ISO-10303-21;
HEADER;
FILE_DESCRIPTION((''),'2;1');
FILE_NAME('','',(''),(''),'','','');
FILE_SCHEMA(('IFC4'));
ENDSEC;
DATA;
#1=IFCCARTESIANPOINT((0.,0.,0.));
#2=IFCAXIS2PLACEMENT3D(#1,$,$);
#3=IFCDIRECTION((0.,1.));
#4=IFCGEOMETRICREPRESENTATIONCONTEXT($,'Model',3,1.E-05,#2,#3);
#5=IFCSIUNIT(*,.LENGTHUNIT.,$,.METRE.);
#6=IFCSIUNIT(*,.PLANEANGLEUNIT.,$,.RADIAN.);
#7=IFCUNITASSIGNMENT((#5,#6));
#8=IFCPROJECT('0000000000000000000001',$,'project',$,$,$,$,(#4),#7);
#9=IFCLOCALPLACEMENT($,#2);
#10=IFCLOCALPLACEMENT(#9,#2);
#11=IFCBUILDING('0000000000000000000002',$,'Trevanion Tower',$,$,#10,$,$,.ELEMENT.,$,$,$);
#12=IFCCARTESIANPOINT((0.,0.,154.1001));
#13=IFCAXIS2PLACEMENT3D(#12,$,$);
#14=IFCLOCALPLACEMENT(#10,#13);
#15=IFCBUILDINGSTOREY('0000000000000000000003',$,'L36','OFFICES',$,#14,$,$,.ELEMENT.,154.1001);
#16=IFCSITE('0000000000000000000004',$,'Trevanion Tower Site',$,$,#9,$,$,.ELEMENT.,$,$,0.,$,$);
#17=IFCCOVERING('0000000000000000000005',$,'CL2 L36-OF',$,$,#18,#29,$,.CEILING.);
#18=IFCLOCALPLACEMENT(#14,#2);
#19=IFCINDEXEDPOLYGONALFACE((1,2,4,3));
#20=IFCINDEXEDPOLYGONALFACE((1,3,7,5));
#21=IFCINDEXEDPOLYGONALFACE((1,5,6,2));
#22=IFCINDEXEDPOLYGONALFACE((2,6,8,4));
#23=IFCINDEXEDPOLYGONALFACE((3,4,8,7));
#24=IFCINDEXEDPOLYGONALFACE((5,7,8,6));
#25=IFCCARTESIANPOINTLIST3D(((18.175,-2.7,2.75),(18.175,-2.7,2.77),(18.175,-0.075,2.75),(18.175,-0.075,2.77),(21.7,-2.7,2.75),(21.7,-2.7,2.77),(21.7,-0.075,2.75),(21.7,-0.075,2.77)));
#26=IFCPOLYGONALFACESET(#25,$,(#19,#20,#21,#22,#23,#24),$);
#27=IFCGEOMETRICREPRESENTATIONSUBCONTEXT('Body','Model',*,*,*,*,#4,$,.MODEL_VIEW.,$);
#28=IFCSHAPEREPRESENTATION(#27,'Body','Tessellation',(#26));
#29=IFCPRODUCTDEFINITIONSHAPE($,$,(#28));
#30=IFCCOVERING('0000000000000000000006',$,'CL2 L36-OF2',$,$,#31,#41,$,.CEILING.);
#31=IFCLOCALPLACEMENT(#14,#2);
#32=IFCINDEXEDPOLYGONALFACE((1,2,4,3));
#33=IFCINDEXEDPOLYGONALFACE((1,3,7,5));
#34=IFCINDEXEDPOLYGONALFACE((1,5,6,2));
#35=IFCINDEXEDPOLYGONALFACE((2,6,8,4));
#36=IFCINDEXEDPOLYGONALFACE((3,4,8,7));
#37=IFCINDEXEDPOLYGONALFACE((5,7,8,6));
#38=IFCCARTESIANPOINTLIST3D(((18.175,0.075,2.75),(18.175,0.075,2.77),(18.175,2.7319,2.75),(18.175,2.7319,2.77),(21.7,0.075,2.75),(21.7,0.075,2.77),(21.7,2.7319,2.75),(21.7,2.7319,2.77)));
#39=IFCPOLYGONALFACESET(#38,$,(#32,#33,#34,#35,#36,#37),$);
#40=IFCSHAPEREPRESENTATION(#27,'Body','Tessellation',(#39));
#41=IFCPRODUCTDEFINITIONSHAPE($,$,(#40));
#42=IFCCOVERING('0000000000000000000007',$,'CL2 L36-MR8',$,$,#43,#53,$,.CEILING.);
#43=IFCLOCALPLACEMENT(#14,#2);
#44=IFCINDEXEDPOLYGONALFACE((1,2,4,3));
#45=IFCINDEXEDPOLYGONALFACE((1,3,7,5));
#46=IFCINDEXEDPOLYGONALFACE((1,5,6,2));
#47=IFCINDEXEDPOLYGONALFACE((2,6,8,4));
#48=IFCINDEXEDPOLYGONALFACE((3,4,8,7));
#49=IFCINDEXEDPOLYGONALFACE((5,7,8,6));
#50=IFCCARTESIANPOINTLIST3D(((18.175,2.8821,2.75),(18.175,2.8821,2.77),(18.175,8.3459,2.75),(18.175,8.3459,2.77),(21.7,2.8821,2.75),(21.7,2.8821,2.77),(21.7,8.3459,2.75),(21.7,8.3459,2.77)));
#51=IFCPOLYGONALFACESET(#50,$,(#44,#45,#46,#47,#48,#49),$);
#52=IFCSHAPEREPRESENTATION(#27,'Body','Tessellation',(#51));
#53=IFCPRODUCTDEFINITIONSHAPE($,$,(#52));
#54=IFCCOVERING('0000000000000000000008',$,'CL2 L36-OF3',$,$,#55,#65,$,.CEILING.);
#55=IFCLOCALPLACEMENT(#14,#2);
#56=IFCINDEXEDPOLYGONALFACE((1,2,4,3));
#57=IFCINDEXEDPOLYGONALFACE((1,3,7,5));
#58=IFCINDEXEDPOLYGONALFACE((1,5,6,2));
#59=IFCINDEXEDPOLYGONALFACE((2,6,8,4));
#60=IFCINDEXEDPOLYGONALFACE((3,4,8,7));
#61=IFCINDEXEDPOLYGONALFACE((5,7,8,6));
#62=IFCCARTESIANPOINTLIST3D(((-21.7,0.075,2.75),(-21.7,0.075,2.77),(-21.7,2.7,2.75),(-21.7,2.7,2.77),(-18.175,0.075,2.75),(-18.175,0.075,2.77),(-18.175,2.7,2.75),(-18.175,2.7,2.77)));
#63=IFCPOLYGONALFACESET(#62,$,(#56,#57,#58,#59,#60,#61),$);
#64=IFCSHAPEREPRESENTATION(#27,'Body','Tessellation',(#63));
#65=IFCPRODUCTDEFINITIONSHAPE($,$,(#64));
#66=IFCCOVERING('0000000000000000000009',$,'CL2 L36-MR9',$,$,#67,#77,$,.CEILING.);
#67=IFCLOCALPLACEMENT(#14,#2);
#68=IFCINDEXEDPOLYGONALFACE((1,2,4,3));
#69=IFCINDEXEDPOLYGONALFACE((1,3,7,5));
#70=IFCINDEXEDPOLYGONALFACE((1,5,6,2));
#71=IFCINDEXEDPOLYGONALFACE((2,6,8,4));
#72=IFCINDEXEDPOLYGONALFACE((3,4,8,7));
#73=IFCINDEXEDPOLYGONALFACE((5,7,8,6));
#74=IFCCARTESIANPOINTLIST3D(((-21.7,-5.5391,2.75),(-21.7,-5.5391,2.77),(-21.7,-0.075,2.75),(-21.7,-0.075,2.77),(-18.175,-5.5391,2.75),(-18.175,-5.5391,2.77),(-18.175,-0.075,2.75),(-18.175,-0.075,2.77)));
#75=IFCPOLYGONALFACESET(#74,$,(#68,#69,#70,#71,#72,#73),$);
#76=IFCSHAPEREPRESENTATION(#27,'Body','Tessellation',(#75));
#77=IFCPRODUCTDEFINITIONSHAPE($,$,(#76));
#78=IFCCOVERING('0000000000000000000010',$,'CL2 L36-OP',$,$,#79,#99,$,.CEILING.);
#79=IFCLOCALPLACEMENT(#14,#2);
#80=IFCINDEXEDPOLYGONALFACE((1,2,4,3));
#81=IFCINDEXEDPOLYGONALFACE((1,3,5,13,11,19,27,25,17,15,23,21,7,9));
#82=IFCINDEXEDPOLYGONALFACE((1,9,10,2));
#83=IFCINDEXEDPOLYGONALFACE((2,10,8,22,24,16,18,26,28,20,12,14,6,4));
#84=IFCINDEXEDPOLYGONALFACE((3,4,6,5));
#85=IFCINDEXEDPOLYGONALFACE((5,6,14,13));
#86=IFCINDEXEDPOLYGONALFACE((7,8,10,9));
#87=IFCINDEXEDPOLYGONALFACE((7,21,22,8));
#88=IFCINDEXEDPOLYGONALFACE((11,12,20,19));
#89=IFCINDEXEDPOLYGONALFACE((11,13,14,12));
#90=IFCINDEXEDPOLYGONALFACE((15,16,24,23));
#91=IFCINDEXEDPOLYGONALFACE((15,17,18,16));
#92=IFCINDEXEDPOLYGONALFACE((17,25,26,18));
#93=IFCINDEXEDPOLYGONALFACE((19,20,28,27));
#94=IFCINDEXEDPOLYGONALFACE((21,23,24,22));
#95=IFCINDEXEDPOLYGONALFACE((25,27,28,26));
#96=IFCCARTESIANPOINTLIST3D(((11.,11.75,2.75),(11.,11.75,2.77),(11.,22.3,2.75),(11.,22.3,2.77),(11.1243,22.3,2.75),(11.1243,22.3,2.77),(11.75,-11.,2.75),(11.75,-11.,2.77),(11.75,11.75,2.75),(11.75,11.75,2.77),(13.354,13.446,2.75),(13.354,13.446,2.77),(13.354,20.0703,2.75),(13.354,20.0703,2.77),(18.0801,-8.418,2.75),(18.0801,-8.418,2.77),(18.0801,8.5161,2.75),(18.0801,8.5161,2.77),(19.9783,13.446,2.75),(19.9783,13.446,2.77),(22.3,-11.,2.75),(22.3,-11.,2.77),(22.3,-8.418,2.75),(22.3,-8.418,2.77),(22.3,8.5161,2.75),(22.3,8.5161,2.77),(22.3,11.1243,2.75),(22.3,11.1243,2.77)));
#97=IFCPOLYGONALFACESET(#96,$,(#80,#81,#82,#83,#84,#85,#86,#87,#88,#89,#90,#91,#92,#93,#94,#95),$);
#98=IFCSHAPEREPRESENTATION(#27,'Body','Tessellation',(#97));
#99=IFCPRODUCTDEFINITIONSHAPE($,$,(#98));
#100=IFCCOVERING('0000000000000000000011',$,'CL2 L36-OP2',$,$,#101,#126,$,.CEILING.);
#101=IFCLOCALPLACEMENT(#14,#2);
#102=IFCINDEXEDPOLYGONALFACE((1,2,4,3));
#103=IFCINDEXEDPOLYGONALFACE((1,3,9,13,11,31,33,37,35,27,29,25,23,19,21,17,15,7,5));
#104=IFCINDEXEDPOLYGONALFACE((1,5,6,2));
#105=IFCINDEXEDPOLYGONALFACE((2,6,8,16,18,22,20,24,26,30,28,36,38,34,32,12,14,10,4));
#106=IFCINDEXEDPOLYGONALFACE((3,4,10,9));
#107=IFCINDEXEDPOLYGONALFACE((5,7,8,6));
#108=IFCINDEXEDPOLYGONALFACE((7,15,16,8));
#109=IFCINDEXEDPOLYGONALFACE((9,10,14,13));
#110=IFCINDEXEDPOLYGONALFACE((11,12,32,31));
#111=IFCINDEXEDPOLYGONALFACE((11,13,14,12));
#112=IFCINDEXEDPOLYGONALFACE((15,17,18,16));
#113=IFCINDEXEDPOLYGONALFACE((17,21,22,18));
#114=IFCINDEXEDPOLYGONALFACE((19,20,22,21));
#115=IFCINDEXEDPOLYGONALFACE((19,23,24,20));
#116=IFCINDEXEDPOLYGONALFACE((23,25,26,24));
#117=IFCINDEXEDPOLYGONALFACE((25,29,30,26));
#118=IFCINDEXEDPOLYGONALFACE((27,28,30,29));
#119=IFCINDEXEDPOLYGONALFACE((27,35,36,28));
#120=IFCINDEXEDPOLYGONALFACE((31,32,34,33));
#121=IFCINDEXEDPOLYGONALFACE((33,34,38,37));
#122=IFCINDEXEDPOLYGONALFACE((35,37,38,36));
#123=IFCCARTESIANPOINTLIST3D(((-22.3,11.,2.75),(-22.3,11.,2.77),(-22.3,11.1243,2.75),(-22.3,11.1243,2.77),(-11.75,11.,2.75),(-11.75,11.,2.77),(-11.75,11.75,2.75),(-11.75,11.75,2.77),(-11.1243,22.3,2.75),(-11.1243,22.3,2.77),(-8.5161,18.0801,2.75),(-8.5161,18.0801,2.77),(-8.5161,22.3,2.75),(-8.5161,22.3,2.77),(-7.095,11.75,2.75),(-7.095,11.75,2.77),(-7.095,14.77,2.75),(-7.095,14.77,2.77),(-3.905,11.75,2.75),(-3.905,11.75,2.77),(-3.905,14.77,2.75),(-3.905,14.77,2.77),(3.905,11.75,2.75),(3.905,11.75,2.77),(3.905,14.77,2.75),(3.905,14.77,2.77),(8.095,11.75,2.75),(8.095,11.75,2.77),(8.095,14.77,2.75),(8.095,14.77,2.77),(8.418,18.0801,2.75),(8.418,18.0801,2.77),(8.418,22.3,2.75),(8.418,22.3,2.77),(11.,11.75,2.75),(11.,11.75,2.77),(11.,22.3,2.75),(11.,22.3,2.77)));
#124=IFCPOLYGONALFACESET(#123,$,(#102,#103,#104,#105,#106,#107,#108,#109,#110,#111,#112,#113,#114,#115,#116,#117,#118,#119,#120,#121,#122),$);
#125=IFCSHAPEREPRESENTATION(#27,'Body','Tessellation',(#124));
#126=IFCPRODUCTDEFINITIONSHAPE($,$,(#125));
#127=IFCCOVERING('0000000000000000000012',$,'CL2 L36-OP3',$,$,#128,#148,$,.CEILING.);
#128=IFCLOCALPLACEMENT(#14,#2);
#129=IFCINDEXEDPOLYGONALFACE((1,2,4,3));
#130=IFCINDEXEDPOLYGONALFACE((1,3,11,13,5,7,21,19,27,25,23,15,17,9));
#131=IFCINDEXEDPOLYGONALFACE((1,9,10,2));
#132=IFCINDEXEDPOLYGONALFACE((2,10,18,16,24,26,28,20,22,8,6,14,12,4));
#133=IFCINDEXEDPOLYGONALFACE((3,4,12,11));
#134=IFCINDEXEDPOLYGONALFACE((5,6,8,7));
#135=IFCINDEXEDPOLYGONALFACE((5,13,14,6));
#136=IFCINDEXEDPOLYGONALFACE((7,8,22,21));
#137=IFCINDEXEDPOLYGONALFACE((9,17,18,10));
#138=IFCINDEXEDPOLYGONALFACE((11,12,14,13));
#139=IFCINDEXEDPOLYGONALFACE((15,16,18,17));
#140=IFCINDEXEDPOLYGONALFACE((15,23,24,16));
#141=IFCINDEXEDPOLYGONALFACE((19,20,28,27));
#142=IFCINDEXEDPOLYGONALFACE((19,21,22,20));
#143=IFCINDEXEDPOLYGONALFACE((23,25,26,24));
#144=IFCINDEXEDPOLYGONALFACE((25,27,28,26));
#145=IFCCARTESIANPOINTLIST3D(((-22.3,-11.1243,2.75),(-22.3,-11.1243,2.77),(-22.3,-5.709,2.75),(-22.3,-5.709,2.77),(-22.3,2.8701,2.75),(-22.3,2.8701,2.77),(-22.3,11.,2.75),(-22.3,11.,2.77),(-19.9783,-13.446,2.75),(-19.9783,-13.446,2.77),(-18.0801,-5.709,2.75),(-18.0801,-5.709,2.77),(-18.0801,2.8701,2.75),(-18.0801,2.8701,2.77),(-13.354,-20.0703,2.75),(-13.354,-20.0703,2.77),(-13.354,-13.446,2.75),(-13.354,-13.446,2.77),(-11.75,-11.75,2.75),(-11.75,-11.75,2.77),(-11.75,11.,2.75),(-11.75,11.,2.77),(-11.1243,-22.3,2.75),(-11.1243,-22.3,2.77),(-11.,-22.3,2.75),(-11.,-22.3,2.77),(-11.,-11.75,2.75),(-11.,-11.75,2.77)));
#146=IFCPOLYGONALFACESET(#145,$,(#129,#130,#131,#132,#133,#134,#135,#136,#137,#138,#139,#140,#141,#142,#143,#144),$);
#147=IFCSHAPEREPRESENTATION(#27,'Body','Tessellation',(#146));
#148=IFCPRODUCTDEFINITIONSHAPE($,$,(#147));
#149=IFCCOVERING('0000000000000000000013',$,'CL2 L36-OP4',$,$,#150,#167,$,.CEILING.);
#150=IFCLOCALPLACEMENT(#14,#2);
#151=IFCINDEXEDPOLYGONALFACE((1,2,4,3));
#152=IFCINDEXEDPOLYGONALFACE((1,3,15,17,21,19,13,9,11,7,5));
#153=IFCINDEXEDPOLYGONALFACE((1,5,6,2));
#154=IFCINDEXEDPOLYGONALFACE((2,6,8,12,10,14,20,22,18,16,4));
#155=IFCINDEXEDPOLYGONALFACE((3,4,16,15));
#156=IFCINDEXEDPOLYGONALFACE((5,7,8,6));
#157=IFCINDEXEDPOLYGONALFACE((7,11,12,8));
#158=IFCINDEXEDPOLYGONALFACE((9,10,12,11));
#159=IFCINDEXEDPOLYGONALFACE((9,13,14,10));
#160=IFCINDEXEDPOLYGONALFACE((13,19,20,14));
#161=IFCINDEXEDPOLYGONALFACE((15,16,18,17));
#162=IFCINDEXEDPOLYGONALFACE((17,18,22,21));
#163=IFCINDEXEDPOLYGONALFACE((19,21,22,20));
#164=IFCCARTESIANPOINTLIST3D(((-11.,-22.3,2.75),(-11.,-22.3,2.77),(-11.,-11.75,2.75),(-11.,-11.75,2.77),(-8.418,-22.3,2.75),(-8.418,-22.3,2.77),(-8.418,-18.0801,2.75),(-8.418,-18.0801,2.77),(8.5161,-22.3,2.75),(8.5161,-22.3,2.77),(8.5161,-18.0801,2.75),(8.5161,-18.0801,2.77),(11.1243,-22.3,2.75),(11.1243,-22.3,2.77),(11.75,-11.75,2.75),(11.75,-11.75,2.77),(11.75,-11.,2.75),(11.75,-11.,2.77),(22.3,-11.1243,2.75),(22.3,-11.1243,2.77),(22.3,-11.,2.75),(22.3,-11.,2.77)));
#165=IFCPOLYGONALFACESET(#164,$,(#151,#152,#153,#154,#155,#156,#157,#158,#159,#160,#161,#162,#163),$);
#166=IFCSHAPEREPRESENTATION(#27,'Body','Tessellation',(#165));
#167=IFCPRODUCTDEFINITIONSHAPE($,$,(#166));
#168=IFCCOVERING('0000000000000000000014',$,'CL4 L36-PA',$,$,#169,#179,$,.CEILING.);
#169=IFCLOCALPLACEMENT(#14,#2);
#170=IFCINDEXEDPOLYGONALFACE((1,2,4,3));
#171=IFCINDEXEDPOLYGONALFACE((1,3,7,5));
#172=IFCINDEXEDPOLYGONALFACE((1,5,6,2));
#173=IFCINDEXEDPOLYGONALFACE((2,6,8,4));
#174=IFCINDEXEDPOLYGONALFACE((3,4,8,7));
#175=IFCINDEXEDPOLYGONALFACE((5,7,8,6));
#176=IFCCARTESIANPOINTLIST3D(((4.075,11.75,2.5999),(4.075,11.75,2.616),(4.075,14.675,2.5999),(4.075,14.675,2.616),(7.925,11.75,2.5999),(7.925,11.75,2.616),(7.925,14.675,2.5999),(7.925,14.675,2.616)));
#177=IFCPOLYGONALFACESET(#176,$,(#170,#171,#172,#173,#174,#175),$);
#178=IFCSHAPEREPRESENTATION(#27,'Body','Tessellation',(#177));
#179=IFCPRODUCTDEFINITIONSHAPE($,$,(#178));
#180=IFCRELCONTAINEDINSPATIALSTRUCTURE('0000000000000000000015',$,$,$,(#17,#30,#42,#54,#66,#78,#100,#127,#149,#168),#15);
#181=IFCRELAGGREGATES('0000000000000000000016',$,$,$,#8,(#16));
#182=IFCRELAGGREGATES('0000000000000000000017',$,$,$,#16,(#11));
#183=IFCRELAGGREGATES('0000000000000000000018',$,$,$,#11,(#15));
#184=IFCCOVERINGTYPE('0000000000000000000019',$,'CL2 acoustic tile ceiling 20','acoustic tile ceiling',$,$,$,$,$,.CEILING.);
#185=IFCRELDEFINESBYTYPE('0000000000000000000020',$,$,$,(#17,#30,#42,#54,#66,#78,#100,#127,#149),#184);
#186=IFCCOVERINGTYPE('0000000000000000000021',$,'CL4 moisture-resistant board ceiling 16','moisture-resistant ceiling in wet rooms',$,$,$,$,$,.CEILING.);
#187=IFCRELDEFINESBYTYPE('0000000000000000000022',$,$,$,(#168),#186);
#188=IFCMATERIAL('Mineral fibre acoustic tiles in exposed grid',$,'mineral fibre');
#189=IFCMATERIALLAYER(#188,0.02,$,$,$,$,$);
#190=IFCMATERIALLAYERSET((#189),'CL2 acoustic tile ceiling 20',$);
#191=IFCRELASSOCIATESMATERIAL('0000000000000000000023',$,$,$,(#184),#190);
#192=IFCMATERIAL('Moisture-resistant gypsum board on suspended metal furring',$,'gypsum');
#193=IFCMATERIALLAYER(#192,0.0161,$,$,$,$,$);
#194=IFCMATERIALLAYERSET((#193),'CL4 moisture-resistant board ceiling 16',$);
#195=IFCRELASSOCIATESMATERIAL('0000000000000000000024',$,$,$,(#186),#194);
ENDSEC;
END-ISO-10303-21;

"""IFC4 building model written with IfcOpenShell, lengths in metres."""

from ifc_helpers import new_model, si_unit, direction, frame, origin, place, context, subcontext, project, spatial, polyline, outline, extrude, material, layer, layer_set, type_object, element, save


model = new_model("IFC4")

# Units and contexts
model_context = context("Model", 3, precision=1e-05, world=origin(), true_north=direction((0.0, 1.0)))
body_context = subcontext(model_context, "Body", "Model", "MODEL_VIEW")
ifc_project = project(units=[si_unit("LENGTHUNIT", "METRE"), si_unit("PLANEANGLEUNIT", "RADIAN")], contexts=[model_context])

# Site, building, storey
site_placement = place(None, origin())
site = spatial("IfcSite", under=ifc_project, at=site_placement, Name="Trevanion Tower Site", CompositionType="ELEMENT", RefElevation=0.0)
building_placement = place(site_placement, origin())
building = spatial("IfcBuilding", under=site, at=building_placement, Name="Trevanion Tower", CompositionType="ELEMENT")
storey_placement = place(building_placement, frame((0.0, 0.0, 154.1001)))
storey = spatial("IfcBuildingStorey", under=building, at=storey_placement, Name="L36", Description="OFFICES", CompositionType="ELEMENT", Elevation=154.1001)

# Coverings
ifc_material_1 = material(Name="Mineral fibre acoustic tiles in exposed grid", Category="mineral fibre")
ifc_layer_1 = layer(ifc_material_1, 0.02)
ifc_layer_set_1 = layer_set([ifc_layer_1], Name="CL2 acoustic tile ceiling 20")
covering_type_1 = type_object("IfcCoveringType", Name="CL2 acoustic tile ceiling 20", Description="acoustic tile ceiling", PredefinedType="CEILING", material=ifc_layer_set_1)
covering_1_placement = place(storey_placement, frame((0.0, 0.0, 2.75)))
element("IfcCovering", 1, at=covering_1_placement, inside=storey, type_object=covering_type_1, Name="CL2 L36-OF", PredefinedType="CEILING", context=body_context, shape_type="SweptSolid", body=[
    extrude(outline(polyline([(18.175, -2.7), (18.175, -0.075), (21.7, -0.075), (21.7, -2.7), (18.175, -2.7)])), origin(), (0.0, 0.0, 1.0), 0.02),
])
covering_2_placement = place(storey_placement, frame((0.0, 0.0, 2.75)))
element("IfcCovering", 2, at=covering_2_placement, inside=storey, type_object=covering_type_1, Name="CL2 L36-OF2", PredefinedType="CEILING", context=body_context, shape_type="SweptSolid", body=[
    extrude(outline(polyline([(18.175, 0.075), (18.175, 2.7319), (21.7, 2.7319), (21.7, 0.075), (18.175, 0.075)])), origin(), (0.0, 0.0, 1.0), 0.02),
])
covering_3_placement = place(storey_placement, frame((0.0, 0.0, 2.75)))
element("IfcCovering", 3, at=covering_3_placement, inside=storey, type_object=covering_type_1, Name="CL2 L36-MR8", PredefinedType="CEILING", context=body_context, shape_type="SweptSolid", body=[
    extrude(outline(polyline([(18.175, 2.8821), (18.175, 8.3459), (21.7, 8.3459), (21.7, 2.8821), (18.175, 2.8821)])), origin(), (0.0, 0.0, 1.0), 0.02),
])
covering_4_placement = place(storey_placement, frame((0.0, 0.0, 2.75)))
element("IfcCovering", 4, at=covering_4_placement, inside=storey, type_object=covering_type_1, Name="CL2 L36-OF3", PredefinedType="CEILING", context=body_context, shape_type="SweptSolid", body=[
    extrude(outline(polyline([(-18.175, 2.7), (-18.175, 0.075), (-21.7, 0.075), (-21.7, 2.7), (-18.175, 2.7)])), origin(), (0.0, 0.0, 1.0), 0.02),
])
covering_5_placement = place(storey_placement, frame((0.0, 0.0, 2.75)))
element("IfcCovering", 5, at=covering_5_placement, inside=storey, type_object=covering_type_1, Name="CL2 L36-MR9", PredefinedType="CEILING", context=body_context, shape_type="SweptSolid", body=[
    extrude(outline(polyline([(-18.175, -0.075), (-18.175, -5.5391), (-21.7, -5.5391), (-21.7, -0.075), (-18.175, -0.075)])), origin(), (0.0, 0.0, 1.0), 0.02),
])
covering_6_placement = place(storey_placement, frame((0.0, 0.0, 2.75)))
element("IfcCovering", 6, at=covering_6_placement, inside=storey, type_object=covering_type_1, Name="CL2 L36-OP", PredefinedType="CEILING", context=body_context, shape_type="SweptSolid", body=[
    extrude(outline(polyline([(11.75, 11.75), (11.0, 11.75), (11.0, 22.3), (11.1243, 22.3), (13.354, 20.0703), (13.354, 13.446), (19.9783, 13.446), (22.3, 11.1243), (22.3, 8.5161), (18.0801, 8.5161), (18.0801, -8.418), (22.3, -8.418), (22.3, -11.0), (11.75, -11.0), (11.75, 11.75)])), origin(), (0.0, 0.0, 1.0), 0.02),
])
covering_7_placement = place(storey_placement, frame((0.0, 0.0, 2.75)))
element("IfcCovering", 7, at=covering_7_placement, inside=storey, type_object=covering_type_1, Name="CL2 L36-OP2", PredefinedType="CEILING", context=body_context, shape_type="SweptSolid", body=[
    extrude(outline(polyline([(8.095, 11.75), (8.095, 14.77), (3.905, 14.77), (3.905, 11.75), (-3.905, 11.75), (-3.905, 14.77), (-7.095, 14.77), (-7.095, 11.75), (-11.75, 11.75), (-11.75, 11.0), (-22.3, 11.0), (-22.3, 11.1243), (-11.1243, 22.3), (-8.5161, 22.3), (-8.5161, 18.0801), (8.418, 18.0801), (8.418, 22.3), (11.0, 22.3), (11.0, 11.75), (8.095, 11.75)])), origin(), (0.0, 0.0, 1.0), 0.02),
])
covering_8_placement = place(storey_placement, frame((0.0, 0.0, 2.75)))
element("IfcCovering", 8, at=covering_8_placement, inside=storey, type_object=covering_type_1, Name="CL2 L36-OP3", PredefinedType="CEILING", context=body_context, shape_type="SweptSolid", body=[
    extrude(outline(polyline([(-11.75, -11.75), (-11.0, -11.75), (-11.0, -22.3), (-11.1243, -22.3), (-13.354, -20.0703), (-13.354, -13.446), (-19.9783, -13.446), (-22.3, -11.1243), (-22.3, -5.709), (-18.0801, -5.709), (-18.0801, 2.8701), (-22.3, 2.8701), (-22.3, 11.0), (-11.75, 11.0), (-11.75, -11.75)])), origin(), (0.0, 0.0, 1.0), 0.02),
])
covering_9_placement = place(storey_placement, frame((0.0, 0.0, 2.75)))
element("IfcCovering", 9, at=covering_9_placement, inside=storey, type_object=covering_type_1, Name="CL2 L36-OP4", PredefinedType="CEILING", context=body_context, shape_type="SweptSolid", body=[
    extrude(outline(polyline([(11.75, -11.75), (11.75, -11.0), (22.3, -11.0), (22.3, -11.1243), (11.1243, -22.3), (8.5161, -22.3), (8.5161, -18.0801), (-8.418, -18.0801), (-8.418, -22.3), (-11.0, -22.3), (-11.0, -11.75), (11.75, -11.75)])), origin(), (0.0, 0.0, 1.0), 0.02),
])
ifc_material_2 = material(Name="Moisture-resistant gypsum board on suspended metal furring", Category="gypsum")
ifc_layer_2 = layer(ifc_material_2, 0.0161)
ifc_layer_set_2 = layer_set([ifc_layer_2], Name="CL4 moisture-resistant board ceiling 16")
covering_type_2 = type_object("IfcCoveringType", Name="CL4 moisture-resistant board ceiling 16", Description="moisture-resistant ceiling in wet rooms", PredefinedType="CEILING", material=ifc_layer_set_2)
covering_10_placement = place(storey_placement, frame((0.0, 0.0, 2.5999)))
element("IfcCovering", 10, at=covering_10_placement, inside=storey, type_object=covering_type_2, Name="CL4 L36-PA", PredefinedType="CEILING", context=body_context, shape_type="SweptSolid", body=[
    extrude(outline(polyline([(4.075, 14.675), (7.925, 14.675), (7.925, 11.75), (4.075, 11.75), (4.075, 14.675)])), origin(), (0.0, 0.0, 1.0), 0.0161),
])

save(model, "model.ifc")
